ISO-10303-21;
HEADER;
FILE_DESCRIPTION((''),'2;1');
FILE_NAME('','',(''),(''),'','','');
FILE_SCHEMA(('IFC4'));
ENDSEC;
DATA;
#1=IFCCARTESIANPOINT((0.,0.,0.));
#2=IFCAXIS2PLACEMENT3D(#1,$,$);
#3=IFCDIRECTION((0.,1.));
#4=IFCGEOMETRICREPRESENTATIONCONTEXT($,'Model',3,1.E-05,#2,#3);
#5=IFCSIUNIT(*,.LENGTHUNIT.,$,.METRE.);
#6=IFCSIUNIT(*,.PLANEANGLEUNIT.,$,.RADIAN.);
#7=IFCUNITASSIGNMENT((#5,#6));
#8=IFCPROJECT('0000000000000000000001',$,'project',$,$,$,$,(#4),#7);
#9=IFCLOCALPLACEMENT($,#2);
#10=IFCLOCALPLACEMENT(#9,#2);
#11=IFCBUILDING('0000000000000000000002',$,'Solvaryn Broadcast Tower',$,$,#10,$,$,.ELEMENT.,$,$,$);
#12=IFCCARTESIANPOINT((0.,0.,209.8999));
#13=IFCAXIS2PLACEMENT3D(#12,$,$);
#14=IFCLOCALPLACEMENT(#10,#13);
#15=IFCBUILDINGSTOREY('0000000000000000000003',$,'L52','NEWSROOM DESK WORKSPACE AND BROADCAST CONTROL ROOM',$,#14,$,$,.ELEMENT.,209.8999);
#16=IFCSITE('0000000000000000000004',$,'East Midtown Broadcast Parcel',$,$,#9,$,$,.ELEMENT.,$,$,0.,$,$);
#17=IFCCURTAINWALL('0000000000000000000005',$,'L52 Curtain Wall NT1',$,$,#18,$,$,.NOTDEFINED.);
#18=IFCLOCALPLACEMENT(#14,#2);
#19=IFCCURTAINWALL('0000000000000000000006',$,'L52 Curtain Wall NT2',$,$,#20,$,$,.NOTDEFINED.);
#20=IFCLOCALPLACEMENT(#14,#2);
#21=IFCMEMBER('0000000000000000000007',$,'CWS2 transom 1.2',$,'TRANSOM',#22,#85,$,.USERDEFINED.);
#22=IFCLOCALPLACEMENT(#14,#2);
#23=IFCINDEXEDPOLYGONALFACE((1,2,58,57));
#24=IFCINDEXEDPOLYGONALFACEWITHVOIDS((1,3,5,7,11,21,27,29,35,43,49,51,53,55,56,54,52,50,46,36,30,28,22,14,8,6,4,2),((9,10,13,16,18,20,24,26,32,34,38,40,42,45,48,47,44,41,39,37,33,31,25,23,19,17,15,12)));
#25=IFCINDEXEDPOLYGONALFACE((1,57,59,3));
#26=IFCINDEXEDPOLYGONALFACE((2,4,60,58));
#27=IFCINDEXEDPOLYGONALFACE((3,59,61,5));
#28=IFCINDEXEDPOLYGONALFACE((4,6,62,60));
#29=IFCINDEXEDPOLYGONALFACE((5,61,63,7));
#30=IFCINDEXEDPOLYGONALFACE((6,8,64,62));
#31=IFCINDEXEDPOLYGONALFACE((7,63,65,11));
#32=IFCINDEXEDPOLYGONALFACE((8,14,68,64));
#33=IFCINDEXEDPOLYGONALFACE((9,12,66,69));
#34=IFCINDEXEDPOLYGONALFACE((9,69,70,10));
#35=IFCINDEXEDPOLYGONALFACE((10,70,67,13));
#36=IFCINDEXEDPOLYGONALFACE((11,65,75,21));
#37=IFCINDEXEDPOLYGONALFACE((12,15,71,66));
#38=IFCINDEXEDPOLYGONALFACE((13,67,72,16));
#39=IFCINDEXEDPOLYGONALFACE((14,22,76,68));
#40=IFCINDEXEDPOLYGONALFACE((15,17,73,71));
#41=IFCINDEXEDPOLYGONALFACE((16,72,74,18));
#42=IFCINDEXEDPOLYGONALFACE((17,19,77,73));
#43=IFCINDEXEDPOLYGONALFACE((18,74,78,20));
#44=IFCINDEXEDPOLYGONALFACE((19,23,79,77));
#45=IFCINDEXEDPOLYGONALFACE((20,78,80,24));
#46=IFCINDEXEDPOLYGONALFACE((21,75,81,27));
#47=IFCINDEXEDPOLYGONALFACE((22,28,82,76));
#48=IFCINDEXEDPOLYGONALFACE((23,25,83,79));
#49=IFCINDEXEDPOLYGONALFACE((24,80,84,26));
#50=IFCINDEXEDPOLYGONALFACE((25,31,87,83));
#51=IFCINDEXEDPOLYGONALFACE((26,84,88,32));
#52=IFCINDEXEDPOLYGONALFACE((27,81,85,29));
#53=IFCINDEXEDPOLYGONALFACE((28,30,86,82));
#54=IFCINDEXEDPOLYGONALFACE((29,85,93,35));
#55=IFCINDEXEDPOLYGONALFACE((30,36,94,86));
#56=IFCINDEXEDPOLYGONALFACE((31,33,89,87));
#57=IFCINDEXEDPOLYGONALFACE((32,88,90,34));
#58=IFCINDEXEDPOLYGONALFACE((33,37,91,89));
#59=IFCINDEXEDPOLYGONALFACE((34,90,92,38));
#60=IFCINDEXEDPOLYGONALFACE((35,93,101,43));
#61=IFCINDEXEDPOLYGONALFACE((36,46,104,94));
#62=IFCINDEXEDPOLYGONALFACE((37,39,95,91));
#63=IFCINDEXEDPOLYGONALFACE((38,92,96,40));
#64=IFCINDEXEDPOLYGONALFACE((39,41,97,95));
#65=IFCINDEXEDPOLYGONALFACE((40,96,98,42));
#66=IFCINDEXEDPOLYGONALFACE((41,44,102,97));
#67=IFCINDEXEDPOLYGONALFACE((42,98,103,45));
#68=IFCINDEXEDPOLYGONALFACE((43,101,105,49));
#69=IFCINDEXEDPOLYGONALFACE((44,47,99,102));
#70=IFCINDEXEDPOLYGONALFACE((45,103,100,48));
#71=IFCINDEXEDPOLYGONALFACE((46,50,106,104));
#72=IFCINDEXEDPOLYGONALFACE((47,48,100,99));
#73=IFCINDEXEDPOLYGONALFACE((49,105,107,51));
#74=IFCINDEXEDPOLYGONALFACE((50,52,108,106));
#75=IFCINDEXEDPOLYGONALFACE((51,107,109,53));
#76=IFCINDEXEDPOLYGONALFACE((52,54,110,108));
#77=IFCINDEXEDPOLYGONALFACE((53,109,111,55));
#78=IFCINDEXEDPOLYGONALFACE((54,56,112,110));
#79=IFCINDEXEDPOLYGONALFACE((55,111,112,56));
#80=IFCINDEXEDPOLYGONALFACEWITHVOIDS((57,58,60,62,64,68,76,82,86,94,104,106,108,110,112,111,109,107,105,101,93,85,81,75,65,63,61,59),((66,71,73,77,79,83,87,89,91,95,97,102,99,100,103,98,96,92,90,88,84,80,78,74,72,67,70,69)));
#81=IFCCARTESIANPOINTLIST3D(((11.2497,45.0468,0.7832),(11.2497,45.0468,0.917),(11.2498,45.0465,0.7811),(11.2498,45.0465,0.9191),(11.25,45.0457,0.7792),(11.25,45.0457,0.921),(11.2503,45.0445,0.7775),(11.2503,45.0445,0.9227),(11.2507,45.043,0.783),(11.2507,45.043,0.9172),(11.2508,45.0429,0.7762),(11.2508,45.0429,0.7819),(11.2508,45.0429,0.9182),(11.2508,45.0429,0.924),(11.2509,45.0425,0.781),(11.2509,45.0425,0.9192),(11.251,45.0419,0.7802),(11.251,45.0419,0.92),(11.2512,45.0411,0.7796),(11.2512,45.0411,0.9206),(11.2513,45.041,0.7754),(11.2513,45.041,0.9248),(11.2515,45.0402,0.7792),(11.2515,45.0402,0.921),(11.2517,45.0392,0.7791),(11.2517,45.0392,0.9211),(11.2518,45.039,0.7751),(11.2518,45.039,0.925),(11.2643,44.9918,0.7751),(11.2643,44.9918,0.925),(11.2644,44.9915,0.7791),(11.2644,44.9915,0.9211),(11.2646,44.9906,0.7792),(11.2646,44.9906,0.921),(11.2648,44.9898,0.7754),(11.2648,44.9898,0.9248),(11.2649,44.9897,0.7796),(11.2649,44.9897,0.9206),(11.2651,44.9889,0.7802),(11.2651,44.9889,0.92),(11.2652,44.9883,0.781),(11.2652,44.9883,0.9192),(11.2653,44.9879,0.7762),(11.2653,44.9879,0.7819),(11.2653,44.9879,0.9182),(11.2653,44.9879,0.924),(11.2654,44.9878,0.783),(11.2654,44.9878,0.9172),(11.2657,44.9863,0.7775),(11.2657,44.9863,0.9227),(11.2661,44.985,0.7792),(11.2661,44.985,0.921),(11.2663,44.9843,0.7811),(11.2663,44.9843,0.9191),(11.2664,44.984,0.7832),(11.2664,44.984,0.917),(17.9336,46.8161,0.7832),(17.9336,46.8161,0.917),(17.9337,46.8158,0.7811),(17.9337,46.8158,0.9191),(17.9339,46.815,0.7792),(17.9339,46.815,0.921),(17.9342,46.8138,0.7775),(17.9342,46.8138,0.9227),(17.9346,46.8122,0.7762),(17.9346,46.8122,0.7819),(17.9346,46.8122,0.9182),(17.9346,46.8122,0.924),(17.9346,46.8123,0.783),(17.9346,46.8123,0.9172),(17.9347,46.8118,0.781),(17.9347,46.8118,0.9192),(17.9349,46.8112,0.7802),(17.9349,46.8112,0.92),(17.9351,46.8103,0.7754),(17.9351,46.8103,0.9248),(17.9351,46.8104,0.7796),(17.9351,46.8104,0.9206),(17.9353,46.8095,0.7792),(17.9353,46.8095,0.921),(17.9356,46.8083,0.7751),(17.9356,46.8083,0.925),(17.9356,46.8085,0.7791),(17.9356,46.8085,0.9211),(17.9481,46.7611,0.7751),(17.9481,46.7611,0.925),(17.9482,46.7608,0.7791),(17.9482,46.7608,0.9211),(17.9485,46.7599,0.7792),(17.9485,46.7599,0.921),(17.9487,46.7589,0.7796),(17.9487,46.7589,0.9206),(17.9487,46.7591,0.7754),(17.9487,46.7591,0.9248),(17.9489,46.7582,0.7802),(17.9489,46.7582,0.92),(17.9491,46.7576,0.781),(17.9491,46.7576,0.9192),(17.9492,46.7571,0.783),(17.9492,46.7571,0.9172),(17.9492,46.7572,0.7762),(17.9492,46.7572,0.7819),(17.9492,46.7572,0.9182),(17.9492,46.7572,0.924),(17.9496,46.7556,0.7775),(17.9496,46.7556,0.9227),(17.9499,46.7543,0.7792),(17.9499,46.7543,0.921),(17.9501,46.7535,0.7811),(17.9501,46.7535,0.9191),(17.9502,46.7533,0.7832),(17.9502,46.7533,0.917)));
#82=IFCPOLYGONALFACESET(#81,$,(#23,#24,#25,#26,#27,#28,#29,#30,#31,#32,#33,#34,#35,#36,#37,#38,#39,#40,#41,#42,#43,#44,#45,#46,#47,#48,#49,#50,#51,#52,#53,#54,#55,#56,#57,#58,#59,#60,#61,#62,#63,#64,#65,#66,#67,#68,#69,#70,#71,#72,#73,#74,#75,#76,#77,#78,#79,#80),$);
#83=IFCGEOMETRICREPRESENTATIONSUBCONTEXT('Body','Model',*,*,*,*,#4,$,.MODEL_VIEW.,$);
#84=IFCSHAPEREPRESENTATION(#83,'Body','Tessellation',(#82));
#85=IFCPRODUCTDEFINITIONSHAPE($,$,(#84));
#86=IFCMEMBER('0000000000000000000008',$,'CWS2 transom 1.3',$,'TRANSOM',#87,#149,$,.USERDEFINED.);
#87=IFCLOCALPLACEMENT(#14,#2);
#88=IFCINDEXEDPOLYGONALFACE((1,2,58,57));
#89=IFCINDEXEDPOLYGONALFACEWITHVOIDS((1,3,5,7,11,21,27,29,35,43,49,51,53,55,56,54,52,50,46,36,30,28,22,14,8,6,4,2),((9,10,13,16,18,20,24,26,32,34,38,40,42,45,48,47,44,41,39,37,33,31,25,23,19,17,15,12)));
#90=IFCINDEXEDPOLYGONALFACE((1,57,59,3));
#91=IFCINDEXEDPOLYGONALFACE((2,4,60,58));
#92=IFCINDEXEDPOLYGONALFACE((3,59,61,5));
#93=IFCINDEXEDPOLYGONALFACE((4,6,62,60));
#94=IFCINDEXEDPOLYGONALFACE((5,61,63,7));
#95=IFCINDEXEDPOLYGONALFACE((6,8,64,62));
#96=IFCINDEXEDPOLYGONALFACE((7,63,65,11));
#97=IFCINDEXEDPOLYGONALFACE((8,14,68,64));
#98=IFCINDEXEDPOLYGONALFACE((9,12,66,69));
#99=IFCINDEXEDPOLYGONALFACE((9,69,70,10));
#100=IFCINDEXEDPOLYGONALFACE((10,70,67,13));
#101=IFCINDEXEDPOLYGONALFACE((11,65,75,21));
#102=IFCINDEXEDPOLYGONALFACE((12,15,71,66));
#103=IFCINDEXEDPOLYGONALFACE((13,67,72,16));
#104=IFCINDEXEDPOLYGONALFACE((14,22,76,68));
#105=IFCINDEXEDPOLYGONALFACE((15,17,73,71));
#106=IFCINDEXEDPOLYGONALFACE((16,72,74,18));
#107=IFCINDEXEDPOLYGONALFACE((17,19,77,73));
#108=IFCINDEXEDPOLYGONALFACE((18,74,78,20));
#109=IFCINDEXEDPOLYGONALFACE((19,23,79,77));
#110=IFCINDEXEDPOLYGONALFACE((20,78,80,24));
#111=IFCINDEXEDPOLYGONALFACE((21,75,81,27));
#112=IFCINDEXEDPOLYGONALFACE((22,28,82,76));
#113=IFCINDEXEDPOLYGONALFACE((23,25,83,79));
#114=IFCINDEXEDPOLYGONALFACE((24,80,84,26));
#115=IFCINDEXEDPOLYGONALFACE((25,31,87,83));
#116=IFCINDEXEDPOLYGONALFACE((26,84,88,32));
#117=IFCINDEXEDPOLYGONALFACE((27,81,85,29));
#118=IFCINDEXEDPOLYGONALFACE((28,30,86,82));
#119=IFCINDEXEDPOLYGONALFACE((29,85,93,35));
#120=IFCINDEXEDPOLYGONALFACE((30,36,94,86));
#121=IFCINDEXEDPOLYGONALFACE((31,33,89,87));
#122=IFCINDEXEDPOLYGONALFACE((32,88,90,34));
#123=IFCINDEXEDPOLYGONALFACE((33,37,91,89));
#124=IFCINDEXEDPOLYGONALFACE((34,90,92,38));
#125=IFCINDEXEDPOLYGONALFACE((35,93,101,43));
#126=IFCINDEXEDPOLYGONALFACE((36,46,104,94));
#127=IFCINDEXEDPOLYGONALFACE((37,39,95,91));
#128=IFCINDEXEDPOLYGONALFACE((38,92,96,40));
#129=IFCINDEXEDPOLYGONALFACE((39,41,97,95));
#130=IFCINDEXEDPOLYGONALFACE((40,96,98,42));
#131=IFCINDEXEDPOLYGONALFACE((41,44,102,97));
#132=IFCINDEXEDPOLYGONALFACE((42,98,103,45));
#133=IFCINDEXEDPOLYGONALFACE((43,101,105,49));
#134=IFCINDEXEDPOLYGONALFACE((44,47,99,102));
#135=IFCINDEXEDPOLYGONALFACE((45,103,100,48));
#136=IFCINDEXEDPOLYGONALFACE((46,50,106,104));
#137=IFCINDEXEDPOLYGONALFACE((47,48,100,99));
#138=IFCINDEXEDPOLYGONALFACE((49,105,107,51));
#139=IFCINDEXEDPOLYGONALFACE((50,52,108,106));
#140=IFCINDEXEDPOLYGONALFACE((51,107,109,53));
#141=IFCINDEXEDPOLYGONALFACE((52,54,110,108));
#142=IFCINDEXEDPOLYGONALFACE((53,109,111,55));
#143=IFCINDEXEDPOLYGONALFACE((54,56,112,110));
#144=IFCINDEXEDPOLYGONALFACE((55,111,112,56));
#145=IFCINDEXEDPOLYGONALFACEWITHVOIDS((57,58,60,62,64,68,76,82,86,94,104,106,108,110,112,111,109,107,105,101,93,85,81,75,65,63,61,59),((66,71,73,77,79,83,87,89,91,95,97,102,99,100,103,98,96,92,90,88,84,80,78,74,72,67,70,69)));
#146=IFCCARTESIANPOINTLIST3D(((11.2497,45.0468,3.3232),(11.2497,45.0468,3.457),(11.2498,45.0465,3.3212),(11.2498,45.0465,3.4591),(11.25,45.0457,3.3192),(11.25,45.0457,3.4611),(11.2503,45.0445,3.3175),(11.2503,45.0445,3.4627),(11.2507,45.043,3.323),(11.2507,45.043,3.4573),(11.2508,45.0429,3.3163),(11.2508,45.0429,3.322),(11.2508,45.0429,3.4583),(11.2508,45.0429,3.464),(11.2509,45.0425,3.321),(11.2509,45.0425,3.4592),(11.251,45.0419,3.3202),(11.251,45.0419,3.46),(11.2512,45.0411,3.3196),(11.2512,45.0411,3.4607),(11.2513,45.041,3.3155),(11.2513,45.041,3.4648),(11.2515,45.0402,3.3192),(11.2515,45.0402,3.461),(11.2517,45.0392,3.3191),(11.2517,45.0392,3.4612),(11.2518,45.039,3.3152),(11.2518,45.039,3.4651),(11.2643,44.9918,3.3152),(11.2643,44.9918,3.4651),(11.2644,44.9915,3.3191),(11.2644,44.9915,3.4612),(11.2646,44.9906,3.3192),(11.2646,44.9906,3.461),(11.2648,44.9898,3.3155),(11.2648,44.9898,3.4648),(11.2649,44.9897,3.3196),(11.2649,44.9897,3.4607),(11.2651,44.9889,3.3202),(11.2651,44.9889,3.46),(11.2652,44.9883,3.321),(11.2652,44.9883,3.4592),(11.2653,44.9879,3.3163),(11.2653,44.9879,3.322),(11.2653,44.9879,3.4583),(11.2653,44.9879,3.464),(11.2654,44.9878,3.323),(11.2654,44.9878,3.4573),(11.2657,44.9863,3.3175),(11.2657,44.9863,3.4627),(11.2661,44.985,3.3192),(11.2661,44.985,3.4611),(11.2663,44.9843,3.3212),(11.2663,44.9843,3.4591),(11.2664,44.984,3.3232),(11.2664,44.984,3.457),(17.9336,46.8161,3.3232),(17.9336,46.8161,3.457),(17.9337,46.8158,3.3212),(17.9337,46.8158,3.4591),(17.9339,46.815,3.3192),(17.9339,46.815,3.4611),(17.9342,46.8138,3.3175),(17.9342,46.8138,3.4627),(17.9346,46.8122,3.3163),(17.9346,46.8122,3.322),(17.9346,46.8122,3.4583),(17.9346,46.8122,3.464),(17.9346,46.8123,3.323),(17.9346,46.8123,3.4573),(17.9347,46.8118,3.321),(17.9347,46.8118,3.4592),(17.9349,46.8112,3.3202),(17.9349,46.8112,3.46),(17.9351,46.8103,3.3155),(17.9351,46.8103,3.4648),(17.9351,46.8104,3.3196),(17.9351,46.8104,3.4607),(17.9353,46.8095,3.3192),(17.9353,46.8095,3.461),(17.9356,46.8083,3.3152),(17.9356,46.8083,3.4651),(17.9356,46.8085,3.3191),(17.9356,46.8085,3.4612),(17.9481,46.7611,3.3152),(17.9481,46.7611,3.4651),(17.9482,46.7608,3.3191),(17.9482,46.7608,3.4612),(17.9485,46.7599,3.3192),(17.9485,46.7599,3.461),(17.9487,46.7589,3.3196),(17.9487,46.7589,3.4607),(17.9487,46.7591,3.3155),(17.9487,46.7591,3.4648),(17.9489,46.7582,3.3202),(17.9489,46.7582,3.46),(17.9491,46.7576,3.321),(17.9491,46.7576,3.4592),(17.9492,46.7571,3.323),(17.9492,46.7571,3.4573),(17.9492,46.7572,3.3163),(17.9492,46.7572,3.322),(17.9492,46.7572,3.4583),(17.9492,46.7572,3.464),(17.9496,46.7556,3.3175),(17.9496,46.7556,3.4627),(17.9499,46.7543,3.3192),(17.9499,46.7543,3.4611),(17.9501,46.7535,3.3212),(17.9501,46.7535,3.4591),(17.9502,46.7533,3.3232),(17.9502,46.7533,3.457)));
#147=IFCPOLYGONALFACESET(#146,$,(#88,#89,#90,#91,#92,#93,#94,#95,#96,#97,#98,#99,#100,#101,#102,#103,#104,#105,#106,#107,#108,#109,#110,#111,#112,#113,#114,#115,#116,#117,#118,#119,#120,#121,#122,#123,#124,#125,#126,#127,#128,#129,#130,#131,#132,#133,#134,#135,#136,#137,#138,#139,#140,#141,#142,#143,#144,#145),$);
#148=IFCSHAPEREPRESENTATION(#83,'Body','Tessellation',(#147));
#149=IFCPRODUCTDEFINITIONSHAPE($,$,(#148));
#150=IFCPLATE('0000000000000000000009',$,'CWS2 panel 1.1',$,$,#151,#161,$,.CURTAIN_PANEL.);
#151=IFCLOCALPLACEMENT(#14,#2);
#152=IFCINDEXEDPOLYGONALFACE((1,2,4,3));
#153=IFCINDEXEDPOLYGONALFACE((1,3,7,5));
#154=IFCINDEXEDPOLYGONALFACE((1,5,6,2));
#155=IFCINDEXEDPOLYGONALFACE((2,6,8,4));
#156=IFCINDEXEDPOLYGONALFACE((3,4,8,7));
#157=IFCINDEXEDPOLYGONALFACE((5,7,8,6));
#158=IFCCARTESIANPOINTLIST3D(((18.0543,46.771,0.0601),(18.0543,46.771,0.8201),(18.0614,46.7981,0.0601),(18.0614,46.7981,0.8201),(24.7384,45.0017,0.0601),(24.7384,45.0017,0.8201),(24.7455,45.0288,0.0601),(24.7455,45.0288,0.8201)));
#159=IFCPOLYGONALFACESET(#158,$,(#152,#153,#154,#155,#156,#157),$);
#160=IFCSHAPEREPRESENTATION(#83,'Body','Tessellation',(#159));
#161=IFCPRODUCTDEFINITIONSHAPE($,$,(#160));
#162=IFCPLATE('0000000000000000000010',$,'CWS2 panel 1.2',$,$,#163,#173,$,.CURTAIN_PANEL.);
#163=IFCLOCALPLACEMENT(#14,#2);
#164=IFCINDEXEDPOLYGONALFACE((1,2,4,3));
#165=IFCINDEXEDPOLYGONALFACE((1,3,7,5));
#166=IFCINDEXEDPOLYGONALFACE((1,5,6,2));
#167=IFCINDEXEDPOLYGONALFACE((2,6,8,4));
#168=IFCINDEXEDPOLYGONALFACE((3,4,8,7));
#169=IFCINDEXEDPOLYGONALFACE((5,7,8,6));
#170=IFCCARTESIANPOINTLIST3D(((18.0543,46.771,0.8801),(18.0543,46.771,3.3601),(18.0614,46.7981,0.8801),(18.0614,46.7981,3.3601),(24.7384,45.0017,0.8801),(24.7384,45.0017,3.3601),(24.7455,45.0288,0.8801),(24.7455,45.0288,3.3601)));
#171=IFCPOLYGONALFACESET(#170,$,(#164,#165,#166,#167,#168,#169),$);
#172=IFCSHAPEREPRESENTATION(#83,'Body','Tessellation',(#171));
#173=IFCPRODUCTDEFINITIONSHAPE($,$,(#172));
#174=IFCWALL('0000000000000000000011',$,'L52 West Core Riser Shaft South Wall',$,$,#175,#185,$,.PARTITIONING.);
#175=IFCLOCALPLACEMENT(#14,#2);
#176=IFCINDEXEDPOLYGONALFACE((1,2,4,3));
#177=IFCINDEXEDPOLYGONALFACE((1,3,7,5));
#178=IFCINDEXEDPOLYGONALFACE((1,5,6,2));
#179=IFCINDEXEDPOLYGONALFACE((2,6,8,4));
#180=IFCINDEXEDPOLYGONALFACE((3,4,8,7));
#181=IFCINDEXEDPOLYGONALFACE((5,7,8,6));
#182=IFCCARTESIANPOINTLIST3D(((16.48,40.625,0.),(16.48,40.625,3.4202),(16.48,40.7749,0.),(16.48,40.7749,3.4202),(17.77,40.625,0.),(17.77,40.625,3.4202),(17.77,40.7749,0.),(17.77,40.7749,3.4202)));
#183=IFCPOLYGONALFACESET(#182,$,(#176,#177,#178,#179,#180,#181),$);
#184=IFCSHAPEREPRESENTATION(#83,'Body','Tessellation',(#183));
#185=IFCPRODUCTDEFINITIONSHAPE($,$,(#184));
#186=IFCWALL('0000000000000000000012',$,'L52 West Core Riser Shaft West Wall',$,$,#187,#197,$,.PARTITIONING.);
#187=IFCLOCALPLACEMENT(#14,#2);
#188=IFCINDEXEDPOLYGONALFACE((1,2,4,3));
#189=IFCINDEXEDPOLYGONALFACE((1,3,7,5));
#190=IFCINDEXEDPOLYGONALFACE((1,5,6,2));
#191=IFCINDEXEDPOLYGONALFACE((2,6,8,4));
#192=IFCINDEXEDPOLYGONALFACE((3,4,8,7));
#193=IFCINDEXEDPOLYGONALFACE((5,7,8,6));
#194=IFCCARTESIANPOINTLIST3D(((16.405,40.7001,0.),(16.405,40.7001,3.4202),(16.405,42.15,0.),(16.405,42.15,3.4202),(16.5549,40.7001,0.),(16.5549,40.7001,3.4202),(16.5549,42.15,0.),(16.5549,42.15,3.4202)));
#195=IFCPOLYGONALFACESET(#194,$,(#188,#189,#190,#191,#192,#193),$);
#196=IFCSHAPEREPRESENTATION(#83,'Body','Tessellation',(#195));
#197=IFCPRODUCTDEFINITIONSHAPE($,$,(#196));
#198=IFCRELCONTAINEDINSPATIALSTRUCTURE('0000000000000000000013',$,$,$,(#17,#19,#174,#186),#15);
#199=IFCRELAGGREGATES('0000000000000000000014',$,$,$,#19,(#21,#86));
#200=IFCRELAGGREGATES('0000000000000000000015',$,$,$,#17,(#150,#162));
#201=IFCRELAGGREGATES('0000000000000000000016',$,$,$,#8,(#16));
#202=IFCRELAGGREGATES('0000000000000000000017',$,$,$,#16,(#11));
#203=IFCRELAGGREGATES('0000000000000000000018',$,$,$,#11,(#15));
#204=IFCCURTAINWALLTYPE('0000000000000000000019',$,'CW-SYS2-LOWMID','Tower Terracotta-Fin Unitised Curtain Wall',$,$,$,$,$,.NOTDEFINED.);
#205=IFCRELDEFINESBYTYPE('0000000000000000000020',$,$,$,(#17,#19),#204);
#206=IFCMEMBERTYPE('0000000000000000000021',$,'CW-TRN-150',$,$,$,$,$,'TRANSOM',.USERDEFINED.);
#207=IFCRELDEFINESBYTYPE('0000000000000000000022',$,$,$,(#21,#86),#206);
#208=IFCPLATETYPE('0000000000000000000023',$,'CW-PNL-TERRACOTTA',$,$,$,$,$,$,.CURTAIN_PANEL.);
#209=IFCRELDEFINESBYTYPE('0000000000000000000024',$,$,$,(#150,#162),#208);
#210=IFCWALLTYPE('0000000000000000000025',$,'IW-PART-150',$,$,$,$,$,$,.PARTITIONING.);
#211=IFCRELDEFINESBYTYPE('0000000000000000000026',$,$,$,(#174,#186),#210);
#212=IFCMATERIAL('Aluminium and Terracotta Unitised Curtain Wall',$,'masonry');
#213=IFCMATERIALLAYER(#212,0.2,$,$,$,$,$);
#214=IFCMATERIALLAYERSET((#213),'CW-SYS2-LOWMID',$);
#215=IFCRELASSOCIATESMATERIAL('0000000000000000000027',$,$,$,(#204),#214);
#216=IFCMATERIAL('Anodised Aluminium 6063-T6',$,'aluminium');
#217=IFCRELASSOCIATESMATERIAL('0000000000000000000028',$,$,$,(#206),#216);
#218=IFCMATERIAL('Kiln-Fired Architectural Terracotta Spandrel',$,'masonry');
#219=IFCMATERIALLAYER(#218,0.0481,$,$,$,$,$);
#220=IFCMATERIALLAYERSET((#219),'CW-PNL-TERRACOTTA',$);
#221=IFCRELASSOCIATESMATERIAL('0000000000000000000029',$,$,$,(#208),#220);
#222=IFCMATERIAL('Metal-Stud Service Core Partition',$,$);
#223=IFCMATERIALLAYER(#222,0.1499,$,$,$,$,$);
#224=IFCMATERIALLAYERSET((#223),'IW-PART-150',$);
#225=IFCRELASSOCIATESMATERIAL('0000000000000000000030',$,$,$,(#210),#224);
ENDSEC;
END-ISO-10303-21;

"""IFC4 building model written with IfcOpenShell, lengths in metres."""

from ifc_helpers import new_model, si_unit, direction, frame, frame_2d, origin, origin_2d, place, context, subcontext, project, spatial, rectangle, hollow_rectangle, extrude, material, layer, layer_set, material_profile, profile_set, type_object, element, aggregate, save


model = new_model("IFC4")

# Units and contexts
model_context = context("Model", 3, precision=1e-05, world=origin(), true_north=direction((0.0, 1.0)))
body_context = subcontext(model_context, "Body", "Model", "MODEL_VIEW")
ifc_project = project(units=[si_unit("LENGTHUNIT", "METRE"), si_unit("PLANEANGLEUNIT", "RADIAN")], contexts=[model_context])

# Site, building, storey
site_placement = place(None, origin())
site = spatial("IfcSite", under=ifc_project, at=site_placement, Name="East Midtown Broadcast Parcel", CompositionType="ELEMENT", RefElevation=0.0)
building_placement = place(site_placement, origin())
building = spatial("IfcBuilding", under=site, at=building_placement, Name="Solvaryn Broadcast Tower", CompositionType="ELEMENT")
storey_placement = place(building_placement, frame((0.0, 0.0, 209.8999)))
storey = spatial("IfcBuildingStorey", under=building, at=storey_placement, Name="L52", Description="NEWSROOM DESK WORKSPACE AND BROADCAST CONTROL ROOM", CompositionType="ELEMENT", Elevation=209.8999)

# Curtain wall
ifc_material_1 = material(Name="Aluminium and Terracotta Unitised Curtain Wall", Category="masonry")
ifc_layer_1 = layer(ifc_material_1, 0.2)
ifc_layer_set_1 = layer_set([ifc_layer_1], Name="CW-SYS2-LOWMID")
curtain_wall_type = type_object("IfcCurtainWallType", Name="CW-SYS2-LOWMID", Description="Tower Terracotta-Fin Unitised Curtain Wall", PredefinedType="NOTDEFINED", material=ifc_layer_set_1)
curtain_wall_1_placement = place(storey_placement, origin())
curtain_wall_1 = element("IfcCurtainWall", 1, at=curtain_wall_1_placement, inside=storey, type_object=curtain_wall_type, Name="L52 Curtain Wall NT1", PredefinedType="NOTDEFINED")

# Curtain wall, members
curtain_wall_2_placement = place(storey_placement, origin())
curtain_wall_2 = element("IfcCurtainWall", 2, at=curtain_wall_2_placement, inside=storey, type_object=curtain_wall_type, Name="L52 Curtain Wall NT2", PredefinedType="NOTDEFINED")
ifc_material_2 = material(Name="Anodised Aluminium 6063-T6", Category="aluminium")
ifc_material_profile_1 = material_profile(ifc_material_2, hollow_rectangle(XDim=0.0649, YDim=0.1499, WallThickness=0.0039, InnerFilletRadius=0.0039, OuterFilletRadius=0.0081, at=origin_2d()))
ifc_profile_set_1 = profile_set([ifc_material_profile_1], Name="Anodised Aluminium 6063-T6")
member_type_1 = type_object("IfcMemberType", Name="CW-TRN-150", ElementType="TRANSOM", PredefinedType="USERDEFINED", material=ifc_profile_set_1)
member_1_placement = place(storey_placement, frame((17.9419, 46.7847, 0.8501), z_axis=(-0.966704, -0.255897, 0.0), x_axis=(0.255897, -0.966704, 0.0)))
member_1 = element("IfcMember", 3, at=member_1_placement, type_object=member_type_1, Name="CWS2 transom 1.2", ObjectType="TRANSOM", PredefinedType="USERDEFINED", context=body_context, shape_type="SweptSolid", body=[
    extrude(hollow_rectangle(XDim=0.0649, YDim=0.1499, WallThickness=0.0039, InnerFilletRadius=0.0039, OuterFilletRadius=0.0081, at=origin_2d()), origin(), (0.0, 0.0, 1.0), 6.9141),
])
member_2_placement = place(storey_placement, frame((17.9419, 46.7847, 3.3901), z_axis=(-0.966704, -0.255897, 0.0), x_axis=(0.255897, -0.966704, 0.0)))
member_2 = element("IfcMember", 4, at=member_2_placement, type_object=member_type_1, Name="CWS2 transom 1.3", ObjectType="TRANSOM", PredefinedType="USERDEFINED", context=body_context, shape_type="SweptSolid", body=[
    extrude(hollow_rectangle(XDim=0.0649, YDim=0.1499, WallThickness=0.0039, InnerFilletRadius=0.0039, OuterFilletRadius=0.0081, at=origin_2d()), origin(), (0.0, 0.0, 1.0), 6.9141),
])
aggregate(curtain_wall_2, [member_1, member_2])

# Plates
ifc_material_3 = material(Name="Kiln-Fired Architectural Terracotta Spandrel", Category="masonry")
ifc_layer_2 = layer(ifc_material_3, 0.0481)
ifc_layer_set_2 = layer_set([ifc_layer_2], Name="CW-PNL-TERRACOTTA")
plate_type = type_object("IfcPlateType", Name="CW-PNL-TERRACOTTA", PredefinedType="CURTAIN_PANEL", material=ifc_layer_set_2)
plate_1_placement = place(storey_placement, frame((21.3999, 45.8999, 0.0601), z_axis=(0.0, 0.0, 1.0), x_axis=(-0.966705, 0.255893, 0.0)))
plate_1 = element("IfcPlate", 5, at=plate_1_placement, type_object=plate_type, Name="CWS2 panel 1.1", PredefinedType="CURTAIN_PANEL", context=body_context, shape_type="SweptSolid", body=[
    extrude(rectangle(XDim=6.9143, YDim=0.0281, at=origin_2d()), origin(), (0.0, 0.0, 1.0), 0.76),
])
plate_2_placement = place(storey_placement, frame((21.3999, 45.8999, 0.8801), z_axis=(0.0, 0.0, 1.0), x_axis=(-0.966705, 0.255893, 0.0)))
plate_2 = element("IfcPlate", 6, at=plate_2_placement, type_object=plate_type, Name="CWS2 panel 1.2", PredefinedType="CURTAIN_PANEL", context=body_context, shape_type="SweptSolid", body=[
    extrude(rectangle(XDim=6.9143, YDim=0.0281, at=origin_2d()), origin(), (0.0, 0.0, 1.0), 2.48),
])
aggregate(curtain_wall_1, [plate_1, plate_2])

# Walls
ifc_material_4 = material(Name="Metal-Stud Service Core Partition")
ifc_layer_3 = layer(ifc_material_4, 0.1499)
ifc_layer_set_3 = layer_set([ifc_layer_3], Name="IW-PART-150")
wall_type_1 = type_object("IfcWallType", Name="IW-PART-150", PredefinedType="PARTITIONING", material=ifc_layer_set_3)
wall_1_placement = place(storey_placement, frame((16.48, 40.7, 0.0), z_axis=(0.0, 0.0, 1.0), x_axis=(1.0, 0.0, 0.0)))
element("IfcWall", 7, at=wall_1_placement, inside=storey, type_object=wall_type_1, Name="L52 West Core Riser Shaft South Wall", PredefinedType="PARTITIONING", context=body_context, shape_type="SweptSolid", body=[
    extrude(rectangle(XDim=1.29, YDim=0.1499, at=frame_2d((0.645, 0.0))), origin(), (0.0, 0.0, 1.0), 3.4202),
])
wall_2_placement = place(storey_placement, frame((16.48, 40.7, 0.0), z_axis=(0.0, 0.0, 1.0), x_axis=(0.0, 1.0, 0.0)))
element("IfcWall", 8, at=wall_2_placement, inside=storey, type_object=wall_type_1, Name="L52 West Core Riser Shaft West Wall", PredefinedType="PARTITIONING", context=body_context, shape_type="SweptSolid", body=[
    extrude(rectangle(XDim=1.45, YDim=0.1499, at=frame_2d((0.7251, 0.0))), origin(), (0.0, 0.0, 1.0), 3.4202),
])

save(model, "model.ifc")
